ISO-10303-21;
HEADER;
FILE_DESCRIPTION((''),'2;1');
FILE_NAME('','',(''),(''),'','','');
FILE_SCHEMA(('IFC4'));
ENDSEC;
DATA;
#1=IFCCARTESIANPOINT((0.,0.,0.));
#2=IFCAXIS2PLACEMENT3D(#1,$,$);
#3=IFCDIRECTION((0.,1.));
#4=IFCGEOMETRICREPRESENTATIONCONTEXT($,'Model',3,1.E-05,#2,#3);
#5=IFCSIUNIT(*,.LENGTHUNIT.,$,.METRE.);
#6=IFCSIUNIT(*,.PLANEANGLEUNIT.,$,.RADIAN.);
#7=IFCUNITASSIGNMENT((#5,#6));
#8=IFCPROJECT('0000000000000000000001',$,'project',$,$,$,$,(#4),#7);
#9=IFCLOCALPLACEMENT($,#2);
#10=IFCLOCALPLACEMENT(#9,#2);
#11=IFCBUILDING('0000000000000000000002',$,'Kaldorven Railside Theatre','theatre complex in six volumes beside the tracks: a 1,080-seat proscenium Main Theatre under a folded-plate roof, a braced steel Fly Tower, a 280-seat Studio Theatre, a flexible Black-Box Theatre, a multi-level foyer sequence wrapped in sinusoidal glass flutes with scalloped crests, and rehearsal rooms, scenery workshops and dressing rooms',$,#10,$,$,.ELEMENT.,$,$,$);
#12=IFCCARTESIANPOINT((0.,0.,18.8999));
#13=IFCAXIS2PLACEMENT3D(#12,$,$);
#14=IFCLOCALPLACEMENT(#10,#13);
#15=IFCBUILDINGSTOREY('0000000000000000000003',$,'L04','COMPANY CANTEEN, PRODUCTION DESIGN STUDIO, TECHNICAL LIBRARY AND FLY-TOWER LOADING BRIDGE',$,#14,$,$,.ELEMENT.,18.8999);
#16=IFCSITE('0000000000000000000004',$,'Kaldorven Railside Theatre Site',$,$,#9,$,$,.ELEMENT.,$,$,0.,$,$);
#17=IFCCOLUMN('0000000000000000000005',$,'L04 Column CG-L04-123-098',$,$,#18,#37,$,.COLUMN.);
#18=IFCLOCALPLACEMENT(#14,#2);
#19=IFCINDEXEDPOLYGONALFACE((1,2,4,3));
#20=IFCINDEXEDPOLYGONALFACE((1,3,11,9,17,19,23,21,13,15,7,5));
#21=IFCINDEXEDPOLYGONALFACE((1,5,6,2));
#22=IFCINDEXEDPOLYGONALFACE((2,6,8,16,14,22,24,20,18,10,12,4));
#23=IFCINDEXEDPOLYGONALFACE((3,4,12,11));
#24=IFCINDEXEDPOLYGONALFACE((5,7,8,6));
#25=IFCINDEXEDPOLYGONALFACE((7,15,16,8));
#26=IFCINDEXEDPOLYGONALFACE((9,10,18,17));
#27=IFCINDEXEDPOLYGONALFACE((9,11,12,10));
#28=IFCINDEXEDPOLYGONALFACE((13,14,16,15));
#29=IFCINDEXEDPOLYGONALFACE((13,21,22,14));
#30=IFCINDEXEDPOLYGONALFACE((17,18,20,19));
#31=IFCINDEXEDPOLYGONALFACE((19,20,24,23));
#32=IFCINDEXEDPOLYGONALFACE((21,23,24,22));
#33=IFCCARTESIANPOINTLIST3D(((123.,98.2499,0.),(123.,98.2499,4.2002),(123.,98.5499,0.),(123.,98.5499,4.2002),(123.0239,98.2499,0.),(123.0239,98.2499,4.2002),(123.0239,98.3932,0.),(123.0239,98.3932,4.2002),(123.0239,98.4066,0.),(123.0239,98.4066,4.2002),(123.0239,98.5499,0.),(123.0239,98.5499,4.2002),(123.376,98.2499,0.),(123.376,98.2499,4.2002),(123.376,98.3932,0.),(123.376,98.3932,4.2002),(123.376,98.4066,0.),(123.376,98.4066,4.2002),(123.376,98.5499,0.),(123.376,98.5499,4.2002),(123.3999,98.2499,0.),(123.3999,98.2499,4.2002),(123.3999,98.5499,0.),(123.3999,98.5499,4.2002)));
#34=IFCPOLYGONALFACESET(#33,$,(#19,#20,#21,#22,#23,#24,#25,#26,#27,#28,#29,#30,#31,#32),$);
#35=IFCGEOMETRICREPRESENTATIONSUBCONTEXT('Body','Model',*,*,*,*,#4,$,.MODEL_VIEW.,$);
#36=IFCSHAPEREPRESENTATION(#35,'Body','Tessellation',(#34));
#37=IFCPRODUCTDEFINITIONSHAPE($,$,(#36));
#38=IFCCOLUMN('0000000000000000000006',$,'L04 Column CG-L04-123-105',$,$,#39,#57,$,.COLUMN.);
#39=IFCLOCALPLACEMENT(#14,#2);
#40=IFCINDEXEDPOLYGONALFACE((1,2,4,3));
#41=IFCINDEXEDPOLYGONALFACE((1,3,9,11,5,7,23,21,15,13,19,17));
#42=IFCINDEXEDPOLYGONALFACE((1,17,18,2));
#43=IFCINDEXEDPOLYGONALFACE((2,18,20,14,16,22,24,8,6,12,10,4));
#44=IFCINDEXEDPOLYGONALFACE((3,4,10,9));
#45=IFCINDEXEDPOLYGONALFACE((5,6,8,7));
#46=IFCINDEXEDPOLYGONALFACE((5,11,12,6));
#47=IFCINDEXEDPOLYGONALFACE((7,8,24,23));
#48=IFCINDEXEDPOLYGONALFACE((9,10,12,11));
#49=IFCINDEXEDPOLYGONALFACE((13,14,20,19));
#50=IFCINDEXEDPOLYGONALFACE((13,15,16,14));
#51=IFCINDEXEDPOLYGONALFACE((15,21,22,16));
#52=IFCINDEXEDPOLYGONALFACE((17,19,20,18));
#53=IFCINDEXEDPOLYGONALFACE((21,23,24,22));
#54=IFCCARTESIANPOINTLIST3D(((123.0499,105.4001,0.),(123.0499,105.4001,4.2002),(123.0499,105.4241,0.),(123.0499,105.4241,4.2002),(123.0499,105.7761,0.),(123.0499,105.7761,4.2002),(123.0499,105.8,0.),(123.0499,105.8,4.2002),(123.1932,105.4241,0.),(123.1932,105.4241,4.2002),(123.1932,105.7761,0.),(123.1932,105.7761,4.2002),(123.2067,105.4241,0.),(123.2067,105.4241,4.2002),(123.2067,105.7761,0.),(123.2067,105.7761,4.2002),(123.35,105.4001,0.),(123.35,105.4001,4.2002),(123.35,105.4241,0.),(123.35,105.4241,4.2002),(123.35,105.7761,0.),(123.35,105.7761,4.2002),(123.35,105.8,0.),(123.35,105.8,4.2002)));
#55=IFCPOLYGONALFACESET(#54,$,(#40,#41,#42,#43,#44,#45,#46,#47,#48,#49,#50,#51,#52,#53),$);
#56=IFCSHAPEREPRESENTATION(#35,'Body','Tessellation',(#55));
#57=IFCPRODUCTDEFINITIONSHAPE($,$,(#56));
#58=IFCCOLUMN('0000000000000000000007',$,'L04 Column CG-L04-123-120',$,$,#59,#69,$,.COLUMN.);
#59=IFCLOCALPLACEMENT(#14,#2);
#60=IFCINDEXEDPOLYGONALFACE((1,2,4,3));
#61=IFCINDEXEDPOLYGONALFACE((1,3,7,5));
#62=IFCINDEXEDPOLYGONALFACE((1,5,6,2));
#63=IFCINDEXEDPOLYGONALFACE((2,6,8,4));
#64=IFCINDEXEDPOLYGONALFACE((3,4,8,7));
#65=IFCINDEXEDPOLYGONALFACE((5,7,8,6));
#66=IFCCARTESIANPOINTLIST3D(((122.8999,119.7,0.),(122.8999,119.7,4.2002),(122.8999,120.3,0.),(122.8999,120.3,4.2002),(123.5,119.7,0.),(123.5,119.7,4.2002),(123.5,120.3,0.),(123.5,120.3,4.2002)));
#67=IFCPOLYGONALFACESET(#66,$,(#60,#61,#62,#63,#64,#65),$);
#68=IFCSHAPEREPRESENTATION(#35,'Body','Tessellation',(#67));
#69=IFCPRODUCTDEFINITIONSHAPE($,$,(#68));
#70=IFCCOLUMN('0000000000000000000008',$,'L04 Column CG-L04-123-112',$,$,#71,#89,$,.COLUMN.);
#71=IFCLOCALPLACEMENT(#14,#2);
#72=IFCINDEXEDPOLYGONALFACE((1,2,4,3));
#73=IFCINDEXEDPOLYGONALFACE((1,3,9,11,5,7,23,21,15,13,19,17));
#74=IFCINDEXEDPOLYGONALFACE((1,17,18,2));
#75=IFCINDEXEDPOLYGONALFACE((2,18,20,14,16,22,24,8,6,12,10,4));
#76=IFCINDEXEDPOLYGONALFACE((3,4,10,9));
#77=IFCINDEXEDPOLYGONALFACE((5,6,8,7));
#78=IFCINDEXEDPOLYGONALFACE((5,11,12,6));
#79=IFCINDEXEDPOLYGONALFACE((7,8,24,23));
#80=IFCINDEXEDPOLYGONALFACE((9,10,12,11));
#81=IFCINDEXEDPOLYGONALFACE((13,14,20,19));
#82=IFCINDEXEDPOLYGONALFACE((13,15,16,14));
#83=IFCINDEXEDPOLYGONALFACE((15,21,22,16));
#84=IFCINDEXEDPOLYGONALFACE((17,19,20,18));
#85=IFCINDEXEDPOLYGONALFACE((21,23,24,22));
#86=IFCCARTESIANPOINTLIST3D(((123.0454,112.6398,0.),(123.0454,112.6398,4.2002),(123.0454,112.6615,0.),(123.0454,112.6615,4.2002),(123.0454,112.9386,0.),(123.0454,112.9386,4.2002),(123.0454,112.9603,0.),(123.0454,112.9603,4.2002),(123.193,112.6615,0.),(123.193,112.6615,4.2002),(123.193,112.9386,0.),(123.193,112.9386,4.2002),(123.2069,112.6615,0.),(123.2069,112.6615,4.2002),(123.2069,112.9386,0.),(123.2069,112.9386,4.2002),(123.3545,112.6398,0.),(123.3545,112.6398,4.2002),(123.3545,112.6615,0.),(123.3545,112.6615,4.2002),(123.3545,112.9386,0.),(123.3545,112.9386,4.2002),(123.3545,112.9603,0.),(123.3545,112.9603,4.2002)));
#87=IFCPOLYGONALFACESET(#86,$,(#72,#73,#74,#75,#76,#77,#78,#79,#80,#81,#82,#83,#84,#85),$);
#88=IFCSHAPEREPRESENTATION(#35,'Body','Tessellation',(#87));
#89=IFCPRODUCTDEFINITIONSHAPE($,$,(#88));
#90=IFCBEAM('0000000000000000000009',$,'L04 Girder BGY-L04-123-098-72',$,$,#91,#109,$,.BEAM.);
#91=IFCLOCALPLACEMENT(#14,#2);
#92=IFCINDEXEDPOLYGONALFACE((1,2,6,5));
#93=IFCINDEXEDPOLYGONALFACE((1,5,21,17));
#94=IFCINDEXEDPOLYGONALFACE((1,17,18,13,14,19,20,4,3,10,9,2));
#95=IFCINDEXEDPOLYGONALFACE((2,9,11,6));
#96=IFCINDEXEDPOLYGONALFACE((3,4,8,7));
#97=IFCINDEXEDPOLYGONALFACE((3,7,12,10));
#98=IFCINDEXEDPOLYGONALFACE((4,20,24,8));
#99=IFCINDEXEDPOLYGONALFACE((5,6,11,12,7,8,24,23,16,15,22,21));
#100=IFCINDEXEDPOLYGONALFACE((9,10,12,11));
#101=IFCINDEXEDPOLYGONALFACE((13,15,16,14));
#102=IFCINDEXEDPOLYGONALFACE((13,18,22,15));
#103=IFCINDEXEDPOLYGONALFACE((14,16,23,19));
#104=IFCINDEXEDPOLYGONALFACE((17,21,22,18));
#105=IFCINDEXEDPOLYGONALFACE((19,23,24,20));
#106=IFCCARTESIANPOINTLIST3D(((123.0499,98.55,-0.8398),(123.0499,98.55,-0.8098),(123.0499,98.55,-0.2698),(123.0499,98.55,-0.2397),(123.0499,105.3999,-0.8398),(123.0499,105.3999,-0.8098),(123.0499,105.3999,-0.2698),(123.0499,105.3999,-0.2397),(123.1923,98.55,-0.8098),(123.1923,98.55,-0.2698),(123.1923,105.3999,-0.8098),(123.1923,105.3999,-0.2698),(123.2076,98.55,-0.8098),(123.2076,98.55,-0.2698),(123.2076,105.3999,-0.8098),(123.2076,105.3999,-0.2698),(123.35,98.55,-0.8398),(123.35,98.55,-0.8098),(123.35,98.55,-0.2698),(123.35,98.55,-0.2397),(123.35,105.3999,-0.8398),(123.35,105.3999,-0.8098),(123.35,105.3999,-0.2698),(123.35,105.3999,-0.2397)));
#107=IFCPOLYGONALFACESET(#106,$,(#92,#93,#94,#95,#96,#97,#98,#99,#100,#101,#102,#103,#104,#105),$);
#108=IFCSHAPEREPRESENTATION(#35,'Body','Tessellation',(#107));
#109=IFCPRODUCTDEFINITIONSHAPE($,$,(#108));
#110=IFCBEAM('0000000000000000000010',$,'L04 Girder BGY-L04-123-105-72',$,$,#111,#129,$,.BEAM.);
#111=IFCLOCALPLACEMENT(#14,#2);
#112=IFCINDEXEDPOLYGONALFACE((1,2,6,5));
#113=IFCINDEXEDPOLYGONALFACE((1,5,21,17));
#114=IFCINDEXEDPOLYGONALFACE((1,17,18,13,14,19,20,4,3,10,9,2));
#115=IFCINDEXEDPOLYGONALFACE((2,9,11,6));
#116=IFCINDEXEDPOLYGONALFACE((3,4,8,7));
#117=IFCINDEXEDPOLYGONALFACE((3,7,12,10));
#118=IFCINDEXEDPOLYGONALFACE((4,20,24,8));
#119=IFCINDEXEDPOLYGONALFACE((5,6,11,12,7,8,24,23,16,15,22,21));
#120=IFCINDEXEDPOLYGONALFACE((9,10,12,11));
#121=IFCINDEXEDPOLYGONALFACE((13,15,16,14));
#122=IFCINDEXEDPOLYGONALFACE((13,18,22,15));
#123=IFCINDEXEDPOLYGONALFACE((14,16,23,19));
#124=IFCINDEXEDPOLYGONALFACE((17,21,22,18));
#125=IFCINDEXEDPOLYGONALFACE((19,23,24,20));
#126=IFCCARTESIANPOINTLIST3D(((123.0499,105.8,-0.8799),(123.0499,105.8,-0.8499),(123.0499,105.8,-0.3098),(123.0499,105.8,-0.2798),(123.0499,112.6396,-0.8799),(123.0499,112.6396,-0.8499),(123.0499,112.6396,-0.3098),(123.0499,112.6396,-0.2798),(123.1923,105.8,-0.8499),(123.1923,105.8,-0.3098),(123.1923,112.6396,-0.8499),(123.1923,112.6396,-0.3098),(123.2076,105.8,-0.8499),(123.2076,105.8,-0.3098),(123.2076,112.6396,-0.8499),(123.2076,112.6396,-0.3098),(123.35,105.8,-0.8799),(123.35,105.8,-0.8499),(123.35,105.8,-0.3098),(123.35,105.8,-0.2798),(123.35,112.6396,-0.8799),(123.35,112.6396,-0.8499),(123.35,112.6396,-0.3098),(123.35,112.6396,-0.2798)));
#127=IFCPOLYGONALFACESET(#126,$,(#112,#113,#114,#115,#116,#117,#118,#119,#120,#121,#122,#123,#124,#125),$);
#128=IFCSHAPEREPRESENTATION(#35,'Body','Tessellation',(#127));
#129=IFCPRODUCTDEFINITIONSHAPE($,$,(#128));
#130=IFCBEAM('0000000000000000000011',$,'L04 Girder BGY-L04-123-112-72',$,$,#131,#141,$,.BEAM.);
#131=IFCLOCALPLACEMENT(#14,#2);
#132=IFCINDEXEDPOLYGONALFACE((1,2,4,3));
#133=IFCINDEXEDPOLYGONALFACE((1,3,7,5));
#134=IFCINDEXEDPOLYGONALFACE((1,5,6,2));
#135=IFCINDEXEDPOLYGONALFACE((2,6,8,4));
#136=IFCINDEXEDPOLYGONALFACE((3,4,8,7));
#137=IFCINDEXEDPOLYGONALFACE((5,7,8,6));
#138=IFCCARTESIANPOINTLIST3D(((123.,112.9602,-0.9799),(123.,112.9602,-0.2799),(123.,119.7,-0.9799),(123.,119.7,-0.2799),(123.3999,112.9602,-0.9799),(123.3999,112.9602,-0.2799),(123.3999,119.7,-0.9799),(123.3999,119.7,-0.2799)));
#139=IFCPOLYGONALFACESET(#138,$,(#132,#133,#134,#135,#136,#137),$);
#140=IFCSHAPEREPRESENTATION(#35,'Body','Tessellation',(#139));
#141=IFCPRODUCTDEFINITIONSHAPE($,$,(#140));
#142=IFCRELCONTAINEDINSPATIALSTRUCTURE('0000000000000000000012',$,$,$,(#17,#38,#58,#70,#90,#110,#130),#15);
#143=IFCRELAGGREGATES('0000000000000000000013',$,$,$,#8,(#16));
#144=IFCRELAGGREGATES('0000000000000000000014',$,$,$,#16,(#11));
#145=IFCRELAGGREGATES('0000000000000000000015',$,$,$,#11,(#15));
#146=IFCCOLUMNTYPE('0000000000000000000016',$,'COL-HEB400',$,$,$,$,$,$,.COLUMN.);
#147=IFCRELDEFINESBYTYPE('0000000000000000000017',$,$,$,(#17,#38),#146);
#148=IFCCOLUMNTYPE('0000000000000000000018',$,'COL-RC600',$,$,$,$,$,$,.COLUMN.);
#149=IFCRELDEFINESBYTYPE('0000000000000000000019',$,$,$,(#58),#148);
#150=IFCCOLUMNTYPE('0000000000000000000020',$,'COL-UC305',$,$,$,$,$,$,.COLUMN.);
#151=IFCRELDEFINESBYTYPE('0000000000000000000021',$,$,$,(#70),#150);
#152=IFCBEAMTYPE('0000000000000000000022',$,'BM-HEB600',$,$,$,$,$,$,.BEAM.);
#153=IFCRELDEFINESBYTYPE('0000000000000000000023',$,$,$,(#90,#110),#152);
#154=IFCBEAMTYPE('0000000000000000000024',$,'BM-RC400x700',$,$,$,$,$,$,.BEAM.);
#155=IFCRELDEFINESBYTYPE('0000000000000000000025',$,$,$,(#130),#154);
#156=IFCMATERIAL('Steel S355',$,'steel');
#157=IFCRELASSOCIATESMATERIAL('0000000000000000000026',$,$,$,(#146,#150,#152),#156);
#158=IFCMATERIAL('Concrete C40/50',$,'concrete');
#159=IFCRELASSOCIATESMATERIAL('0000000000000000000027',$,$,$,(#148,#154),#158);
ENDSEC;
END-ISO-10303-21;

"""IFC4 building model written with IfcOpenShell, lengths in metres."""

from ifc_helpers import new_model, si_unit, direction, frame, origin, origin_2d, place, context, subcontext, project, spatial, rectangle, i_section, extrude, material, material_profile, profile_set, type_object, element, save


model = new_model("IFC4")

# Units and contexts
model_context = context("Model", 3, precision=1e-05, world=origin(), true_north=direction((0.0, 1.0)))
body_context = subcontext(model_context, "Body", "Model", "MODEL_VIEW")
ifc_project = project(units=[si_unit("LENGTHUNIT", "METRE"), si_unit("PLANEANGLEUNIT", "RADIAN")], contexts=[model_context])

# Site, building, storey
site_placement = place(None, origin())
site = spatial("IfcSite", under=ifc_project, at=site_placement, Name="Kaldorven Railside Theatre Site", CompositionType="ELEMENT", RefElevation=0.0)
building_placement = place(site_placement, origin())
building = spatial("IfcBuilding", under=site, at=building_placement, Name="Kaldorven Railside Theatre", Description="theatre complex in six volumes beside the tracks: a 1,080-seat proscenium Main Theatre under a folded-plate roof, a braced steel Fly Tower, a 280-seat Studio Theatre, a flexible Black-Box Theatre, a multi-level foyer sequence wrapped in sinusoidal glass flutes with scalloped crests, and rehearsal rooms, scenery workshops and dressing rooms", CompositionType="ELEMENT")
storey_placement = place(building_placement, frame((0.0, 0.0, 18.8999)))
storey = spatial("IfcBuildingStorey", under=building, at=storey_placement, Name="L04", Description="COMPANY CANTEEN, PRODUCTION DESIGN STUDIO, TECHNICAL LIBRARY AND FLY-TOWER LOADING BRIDGE", CompositionType="ELEMENT", Elevation=18.8999)

# Columns
ifc_material_1 = material(Name="Steel S355", Category="steel")
ifc_material_profile_1 = material_profile(ifc_material_1, i_section(OverallWidth=0.3, OverallDepth=0.3999, WebThickness=0.0134, FlangeThickness=0.0239, at=origin_2d()), Name="HEB 400")
ifc_profile_set_1 = profile_set([ifc_material_profile_1], Name="Steel S355")
column_type_1 = type_object("IfcColumnType", Name="COL-HEB400", PredefinedType="COLUMN", material=ifc_profile_set_1)
for number, where, z_axis, x_axis, name in (
    (1, (123.2, 98.3999, 0.0), (0.0, 0.0, 1.0), (0.0, 1.0, 0.0), "L04 Column CG-L04-123-098"),
    (2, (123.2, 105.6001, 0.0), (0.0, 0.0, 1.0), (1.0, 0.0, 0.0), "L04 Column CG-L04-123-105"),
):
    element("IfcColumn", number, at=place(storey_placement, frame(where, z_axis=z_axis, x_axis=x_axis)), inside=storey, type_object=column_type_1, Name=name, PredefinedType="COLUMN", context=body_context, shape_type="SweptSolid", body=[
        extrude(i_section(OverallWidth=0.3, OverallDepth=0.3999, WebThickness=0.0134, FlangeThickness=0.0239, at=origin_2d()), origin(), (0.0, 0.0, 1.0), 4.2002),
    ])
ifc_material_2 = material(Name="Concrete C40/50", Category="concrete")
ifc_material_profile_2 = material_profile(ifc_material_2, rectangle(XDim=0.6001, YDim=0.6001, at=origin_2d()), Name="RC 600x600")
ifc_profile_set_2 = profile_set([ifc_material_profile_2], Name="Concrete C40/50")
column_type_2 = type_object("IfcColumnType", Name="COL-RC600", PredefinedType="COLUMN", material=ifc_profile_set_2)
column_1_placement = place(storey_placement, frame((123.2, 120.0, 0.0), z_axis=(0.0, 0.0, 1.0), x_axis=(0.0, 1.0, 0.0)))
element("IfcColumn", 3, at=column_1_placement, inside=storey, type_object=column_type_2, Name="L04 Column CG-L04-123-120", PredefinedType="COLUMN", context=body_context, shape_type="SweptSolid", body=[
    extrude(rectangle(XDim=0.6001, YDim=0.6001, at=origin_2d()), origin(), (0.0, 0.0, 1.0), 4.2002),
])
ifc_material_profile_3 = material_profile(ifc_material_1, i_section(OverallWidth=0.3091, OverallDepth=0.3206, WebThickness=0.0139, FlangeThickness=0.0217, at=origin_2d()), Name="UC 305x305x137")
ifc_profile_set_3 = profile_set([ifc_material_profile_3], Name="Steel S355")
column_type_3 = type_object("IfcColumnType", Name="COL-UC305", PredefinedType="COLUMN", material=ifc_profile_set_3)
column_2_placement = place(storey_placement, frame((123.2, 112.8, 0.0), z_axis=(0.0, 0.0, 1.0), x_axis=(1.0, 0.0, 0.0)))
element("IfcColumn", 4, at=column_2_placement, inside=storey, type_object=column_type_3, Name="L04 Column CG-L04-123-112", PredefinedType="COLUMN", context=body_context, shape_type="SweptSolid", body=[
    extrude(i_section(OverallWidth=0.3091, OverallDepth=0.3206, WebThickness=0.0139, FlangeThickness=0.0217, at=origin_2d()), origin(), (0.0, 0.0, 1.0), 4.2002),
])

# Beams
ifc_material_profile_4 = material_profile(ifc_material_1, i_section(OverallWidth=0.3, OverallDepth=0.6001, WebThickness=0.0154, FlangeThickness=0.03, at=origin_2d()), Name="HEB 600")
ifc_profile_set_4 = profile_set([ifc_material_profile_4], Name="Steel S355")
beam_type_1 = type_object("IfcBeamType", Name="BM-HEB600", PredefinedType="BEAM", material=ifc_profile_set_4)
beam_1_placement = place(storey_placement, frame((123.2, 98.55, -0.5398), z_axis=(0.0, 1.0, 0.0), x_axis=(-1.0, 0.0, 0.0)))
element("IfcBeam", 5, at=beam_1_placement, inside=storey, type_object=beam_type_1, Name="L04 Girder BGY-L04-123-098-72", PredefinedType="BEAM", context=body_context, shape_type="SweptSolid", body=[
    extrude(i_section(OverallWidth=0.3, OverallDepth=0.6001, WebThickness=0.0154, FlangeThickness=0.03, at=origin_2d()), origin(), (0.0, 0.0, 1.0), 6.8499),
])
beam_2_placement = place(storey_placement, frame((123.2, 105.8, -0.5798), z_axis=(0.0, 1.0, 0.0), x_axis=(-1.0, 0.0, 0.0)))
element("IfcBeam", 6, at=beam_2_placement, inside=storey, type_object=beam_type_1, Name="L04 Girder BGY-L04-123-105-72", PredefinedType="BEAM", context=body_context, shape_type="SweptSolid", body=[
    extrude(i_section(OverallWidth=0.3, OverallDepth=0.6001, WebThickness=0.0154, FlangeThickness=0.03, at=origin_2d()), origin(), (0.0, 0.0, 1.0), 6.8396),
])
ifc_material_profile_5 = material_profile(ifc_material_2, rectangle(XDim=0.3999, YDim=0.7, at=origin_2d()), Name="RC 400x700")
ifc_profile_set_5 = profile_set([ifc_material_profile_5], Name="Concrete C40/50")
beam_type_2 = type_object("IfcBeamType", Name="BM-RC400x700", PredefinedType="BEAM", material=ifc_profile_set_5)
beam_3_placement = place(storey_placement, frame((123.2, 112.9602, -0.6299), z_axis=(0.0, 1.0, 0.0), x_axis=(-1.0, 0.0, 0.0)))
element("IfcBeam", 7, at=beam_3_placement, inside=storey, type_object=beam_type_2, Name="L04 Girder BGY-L04-123-112-72", PredefinedType="BEAM", context=body_context, shape_type="SweptSolid", body=[
    extrude(rectangle(XDim=0.3999, YDim=0.7, at=origin_2d()), origin(), (0.0, 0.0, 1.0), 6.7397),
])

save(model, "model.ifc")
